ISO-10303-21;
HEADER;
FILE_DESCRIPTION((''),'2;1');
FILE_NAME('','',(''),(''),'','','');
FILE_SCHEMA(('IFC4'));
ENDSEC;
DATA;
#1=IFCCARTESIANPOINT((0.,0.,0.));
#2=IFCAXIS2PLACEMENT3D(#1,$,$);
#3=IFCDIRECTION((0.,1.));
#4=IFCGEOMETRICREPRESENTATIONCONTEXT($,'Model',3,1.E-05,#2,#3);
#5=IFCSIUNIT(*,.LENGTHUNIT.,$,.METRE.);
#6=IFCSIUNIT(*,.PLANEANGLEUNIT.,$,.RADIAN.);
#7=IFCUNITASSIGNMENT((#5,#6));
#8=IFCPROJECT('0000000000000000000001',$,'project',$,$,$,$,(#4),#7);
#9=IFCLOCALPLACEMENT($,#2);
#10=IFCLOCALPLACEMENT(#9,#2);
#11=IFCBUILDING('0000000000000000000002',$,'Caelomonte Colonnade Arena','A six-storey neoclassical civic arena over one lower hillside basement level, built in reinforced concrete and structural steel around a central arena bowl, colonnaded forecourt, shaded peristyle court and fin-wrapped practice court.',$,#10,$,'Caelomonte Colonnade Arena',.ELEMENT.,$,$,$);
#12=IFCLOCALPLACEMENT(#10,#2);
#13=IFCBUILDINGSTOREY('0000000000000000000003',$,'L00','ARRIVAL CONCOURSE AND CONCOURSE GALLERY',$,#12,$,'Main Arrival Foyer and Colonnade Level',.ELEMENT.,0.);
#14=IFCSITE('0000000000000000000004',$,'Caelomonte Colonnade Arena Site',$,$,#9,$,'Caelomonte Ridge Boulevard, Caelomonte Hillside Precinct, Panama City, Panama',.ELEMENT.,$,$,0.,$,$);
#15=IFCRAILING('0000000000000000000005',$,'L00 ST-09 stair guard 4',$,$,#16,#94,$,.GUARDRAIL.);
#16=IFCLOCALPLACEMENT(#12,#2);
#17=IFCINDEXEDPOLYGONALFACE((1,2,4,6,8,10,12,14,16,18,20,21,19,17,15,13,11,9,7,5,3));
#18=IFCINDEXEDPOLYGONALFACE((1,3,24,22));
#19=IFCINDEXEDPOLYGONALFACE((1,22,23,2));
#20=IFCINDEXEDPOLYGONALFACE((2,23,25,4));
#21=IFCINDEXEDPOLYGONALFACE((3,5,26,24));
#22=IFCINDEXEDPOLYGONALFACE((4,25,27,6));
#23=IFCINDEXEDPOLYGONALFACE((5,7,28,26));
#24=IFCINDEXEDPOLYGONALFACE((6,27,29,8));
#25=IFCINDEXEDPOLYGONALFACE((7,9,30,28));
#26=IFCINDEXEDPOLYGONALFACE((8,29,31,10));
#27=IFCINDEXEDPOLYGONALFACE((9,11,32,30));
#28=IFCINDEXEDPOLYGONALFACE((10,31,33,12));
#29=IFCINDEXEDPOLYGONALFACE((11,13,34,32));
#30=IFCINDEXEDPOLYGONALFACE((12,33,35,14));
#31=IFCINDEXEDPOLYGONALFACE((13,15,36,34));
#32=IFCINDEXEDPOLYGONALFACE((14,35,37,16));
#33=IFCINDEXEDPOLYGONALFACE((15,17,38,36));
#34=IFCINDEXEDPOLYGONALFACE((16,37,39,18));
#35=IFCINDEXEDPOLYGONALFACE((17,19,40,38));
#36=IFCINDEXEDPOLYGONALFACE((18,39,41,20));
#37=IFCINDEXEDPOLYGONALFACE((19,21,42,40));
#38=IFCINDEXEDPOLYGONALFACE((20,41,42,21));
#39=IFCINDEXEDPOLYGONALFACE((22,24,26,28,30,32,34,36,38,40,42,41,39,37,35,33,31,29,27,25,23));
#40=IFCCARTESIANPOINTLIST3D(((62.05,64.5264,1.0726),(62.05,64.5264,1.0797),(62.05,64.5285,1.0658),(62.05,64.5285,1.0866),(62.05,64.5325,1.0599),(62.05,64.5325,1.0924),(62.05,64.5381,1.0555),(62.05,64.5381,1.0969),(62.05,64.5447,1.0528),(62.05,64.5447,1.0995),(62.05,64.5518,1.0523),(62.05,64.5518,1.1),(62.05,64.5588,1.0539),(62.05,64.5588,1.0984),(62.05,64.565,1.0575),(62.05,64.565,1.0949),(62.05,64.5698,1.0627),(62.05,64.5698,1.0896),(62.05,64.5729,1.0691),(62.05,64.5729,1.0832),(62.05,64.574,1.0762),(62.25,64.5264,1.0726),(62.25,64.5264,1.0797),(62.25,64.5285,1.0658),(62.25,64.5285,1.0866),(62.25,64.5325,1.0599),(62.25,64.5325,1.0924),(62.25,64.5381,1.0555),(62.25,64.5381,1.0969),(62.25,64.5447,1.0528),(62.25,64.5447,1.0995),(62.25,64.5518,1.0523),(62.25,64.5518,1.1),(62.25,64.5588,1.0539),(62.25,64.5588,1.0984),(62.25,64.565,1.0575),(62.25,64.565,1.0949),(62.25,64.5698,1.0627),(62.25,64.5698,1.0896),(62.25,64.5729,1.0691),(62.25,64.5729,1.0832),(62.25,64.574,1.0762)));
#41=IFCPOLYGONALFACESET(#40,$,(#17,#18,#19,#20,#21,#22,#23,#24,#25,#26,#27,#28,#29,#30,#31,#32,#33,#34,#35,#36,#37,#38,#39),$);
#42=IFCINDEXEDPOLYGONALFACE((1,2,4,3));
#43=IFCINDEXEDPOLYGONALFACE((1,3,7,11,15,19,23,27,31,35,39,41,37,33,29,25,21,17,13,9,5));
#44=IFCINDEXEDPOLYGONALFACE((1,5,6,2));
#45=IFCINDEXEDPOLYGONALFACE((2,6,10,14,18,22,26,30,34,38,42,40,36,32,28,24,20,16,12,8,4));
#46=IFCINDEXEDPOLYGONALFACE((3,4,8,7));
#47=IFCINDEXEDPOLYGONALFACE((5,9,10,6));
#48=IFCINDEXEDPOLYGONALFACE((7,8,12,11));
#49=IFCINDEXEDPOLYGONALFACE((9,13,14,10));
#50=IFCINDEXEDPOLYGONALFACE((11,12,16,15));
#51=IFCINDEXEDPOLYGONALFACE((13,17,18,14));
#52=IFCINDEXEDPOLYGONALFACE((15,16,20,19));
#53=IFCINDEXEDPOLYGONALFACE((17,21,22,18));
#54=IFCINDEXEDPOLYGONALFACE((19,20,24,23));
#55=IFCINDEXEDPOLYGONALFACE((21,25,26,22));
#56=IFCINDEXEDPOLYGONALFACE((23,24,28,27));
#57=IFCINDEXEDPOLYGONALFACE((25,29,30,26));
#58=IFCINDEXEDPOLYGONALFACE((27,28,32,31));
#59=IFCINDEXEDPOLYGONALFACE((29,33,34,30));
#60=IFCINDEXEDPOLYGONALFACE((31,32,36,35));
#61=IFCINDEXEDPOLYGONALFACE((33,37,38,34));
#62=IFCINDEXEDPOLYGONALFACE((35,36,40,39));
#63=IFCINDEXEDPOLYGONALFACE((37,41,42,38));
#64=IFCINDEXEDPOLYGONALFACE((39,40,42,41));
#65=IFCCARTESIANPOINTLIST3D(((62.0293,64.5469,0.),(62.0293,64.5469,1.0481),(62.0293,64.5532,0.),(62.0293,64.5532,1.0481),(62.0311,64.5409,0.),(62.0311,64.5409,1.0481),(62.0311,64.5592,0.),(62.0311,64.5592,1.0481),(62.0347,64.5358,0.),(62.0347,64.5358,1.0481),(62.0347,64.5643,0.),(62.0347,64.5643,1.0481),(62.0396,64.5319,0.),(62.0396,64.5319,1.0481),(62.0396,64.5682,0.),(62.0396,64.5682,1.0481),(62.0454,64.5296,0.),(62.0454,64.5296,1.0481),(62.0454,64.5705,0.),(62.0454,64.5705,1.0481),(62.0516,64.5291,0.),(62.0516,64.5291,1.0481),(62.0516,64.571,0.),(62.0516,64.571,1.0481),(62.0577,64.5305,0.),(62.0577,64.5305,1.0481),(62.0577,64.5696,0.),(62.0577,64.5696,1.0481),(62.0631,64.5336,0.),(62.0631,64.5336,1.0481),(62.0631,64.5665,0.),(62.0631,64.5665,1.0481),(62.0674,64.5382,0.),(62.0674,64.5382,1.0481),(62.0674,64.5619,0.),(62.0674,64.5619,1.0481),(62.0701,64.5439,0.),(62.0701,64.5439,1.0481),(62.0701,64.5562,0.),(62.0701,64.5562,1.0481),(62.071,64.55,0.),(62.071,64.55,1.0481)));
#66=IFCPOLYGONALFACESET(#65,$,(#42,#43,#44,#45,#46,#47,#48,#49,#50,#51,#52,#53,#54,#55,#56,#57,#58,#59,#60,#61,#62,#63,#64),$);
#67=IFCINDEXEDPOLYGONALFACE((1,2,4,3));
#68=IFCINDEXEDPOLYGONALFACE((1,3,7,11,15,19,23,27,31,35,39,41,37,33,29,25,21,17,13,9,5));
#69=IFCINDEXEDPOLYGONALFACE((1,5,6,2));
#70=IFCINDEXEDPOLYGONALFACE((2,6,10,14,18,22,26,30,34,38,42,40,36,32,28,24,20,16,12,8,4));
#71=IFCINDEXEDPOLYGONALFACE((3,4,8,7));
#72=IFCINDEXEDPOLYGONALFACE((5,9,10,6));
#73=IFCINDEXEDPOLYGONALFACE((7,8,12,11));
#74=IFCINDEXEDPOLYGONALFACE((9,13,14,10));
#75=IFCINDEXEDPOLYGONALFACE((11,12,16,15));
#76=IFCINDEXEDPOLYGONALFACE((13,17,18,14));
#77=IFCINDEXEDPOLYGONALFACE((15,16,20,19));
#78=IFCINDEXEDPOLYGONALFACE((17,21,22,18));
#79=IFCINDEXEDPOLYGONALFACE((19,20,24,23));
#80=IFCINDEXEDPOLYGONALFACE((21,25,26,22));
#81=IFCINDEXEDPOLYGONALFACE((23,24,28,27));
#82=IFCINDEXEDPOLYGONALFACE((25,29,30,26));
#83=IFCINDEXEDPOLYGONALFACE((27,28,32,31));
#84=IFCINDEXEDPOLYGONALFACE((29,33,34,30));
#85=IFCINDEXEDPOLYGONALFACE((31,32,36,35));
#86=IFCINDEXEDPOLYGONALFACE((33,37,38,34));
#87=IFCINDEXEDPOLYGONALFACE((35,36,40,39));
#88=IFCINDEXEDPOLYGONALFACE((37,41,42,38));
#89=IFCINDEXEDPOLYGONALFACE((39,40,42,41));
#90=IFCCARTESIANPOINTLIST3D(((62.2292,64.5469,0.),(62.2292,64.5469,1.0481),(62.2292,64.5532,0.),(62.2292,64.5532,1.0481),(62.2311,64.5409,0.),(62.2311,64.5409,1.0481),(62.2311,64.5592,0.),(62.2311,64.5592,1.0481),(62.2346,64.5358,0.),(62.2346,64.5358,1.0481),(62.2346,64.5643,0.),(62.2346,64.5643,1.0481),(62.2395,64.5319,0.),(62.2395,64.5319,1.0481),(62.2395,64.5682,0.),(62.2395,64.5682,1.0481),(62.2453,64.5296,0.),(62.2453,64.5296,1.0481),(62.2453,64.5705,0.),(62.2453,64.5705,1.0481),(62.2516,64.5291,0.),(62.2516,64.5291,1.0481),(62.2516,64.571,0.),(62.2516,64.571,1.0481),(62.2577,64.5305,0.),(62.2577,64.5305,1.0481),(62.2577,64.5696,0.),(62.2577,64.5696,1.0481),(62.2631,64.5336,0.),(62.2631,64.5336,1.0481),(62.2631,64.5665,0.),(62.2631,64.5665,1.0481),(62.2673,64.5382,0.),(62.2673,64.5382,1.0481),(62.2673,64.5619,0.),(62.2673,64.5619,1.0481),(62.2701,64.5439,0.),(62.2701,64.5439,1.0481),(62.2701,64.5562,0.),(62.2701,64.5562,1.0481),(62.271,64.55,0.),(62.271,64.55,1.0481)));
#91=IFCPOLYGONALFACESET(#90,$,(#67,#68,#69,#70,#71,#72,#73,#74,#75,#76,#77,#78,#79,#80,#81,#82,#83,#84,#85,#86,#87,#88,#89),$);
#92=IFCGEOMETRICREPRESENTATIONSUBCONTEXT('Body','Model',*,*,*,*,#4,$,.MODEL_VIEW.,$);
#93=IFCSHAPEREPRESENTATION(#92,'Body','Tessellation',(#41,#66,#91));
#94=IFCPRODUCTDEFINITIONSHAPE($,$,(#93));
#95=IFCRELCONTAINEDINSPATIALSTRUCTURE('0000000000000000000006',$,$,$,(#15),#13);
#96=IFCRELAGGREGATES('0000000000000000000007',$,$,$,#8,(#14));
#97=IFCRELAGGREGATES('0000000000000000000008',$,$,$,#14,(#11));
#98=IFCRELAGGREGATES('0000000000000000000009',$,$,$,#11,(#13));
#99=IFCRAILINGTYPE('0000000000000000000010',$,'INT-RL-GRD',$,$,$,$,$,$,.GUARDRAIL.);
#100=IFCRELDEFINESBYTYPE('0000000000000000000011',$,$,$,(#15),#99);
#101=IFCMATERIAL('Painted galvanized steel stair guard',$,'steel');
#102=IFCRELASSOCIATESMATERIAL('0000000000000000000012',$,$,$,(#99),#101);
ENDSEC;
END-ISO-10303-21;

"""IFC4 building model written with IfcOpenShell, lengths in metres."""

from ifc_helpers import new_model, si_unit, direction, frame, origin, origin_2d, place, context, subcontext, project, spatial, circle, extrude, material, type_object, element, save


model = new_model("IFC4")

# Units and contexts
model_context = context("Model", 3, precision=1e-05, world=origin(), true_north=direction((0.0, 1.0)))
body_context = subcontext(model_context, "Body", "Model", "MODEL_VIEW")
ifc_project = project(units=[si_unit("LENGTHUNIT", "METRE"), si_unit("PLANEANGLEUNIT", "RADIAN")], contexts=[model_context])

# Site, building, storey
site_placement = place(None, origin())
site = spatial("IfcSite", under=ifc_project, at=site_placement, Name="Caelomonte Colonnade Arena Site", LongName="Caelomonte Ridge Boulevard, Caelomonte Hillside Precinct, Panama City, Panama", CompositionType="ELEMENT", RefElevation=0.0)
building_placement = place(site_placement, origin())
building = spatial("IfcBuilding", under=site, at=building_placement, Name="Caelomonte Colonnade Arena", Description="A six-storey neoclassical civic arena over one lower hillside basement level, built in reinforced concrete and structural steel around a central arena bowl, colonnaded forecourt, shaded peristyle court and fin-wrapped practice court.", LongName="Caelomonte Colonnade Arena", CompositionType="ELEMENT")
storey_placement = place(building_placement, origin())
storey = spatial("IfcBuildingStorey", under=building, at=storey_placement, Name="L00", Description="ARRIVAL CONCOURSE AND CONCOURSE GALLERY", LongName="Main Arrival Foyer and Colonnade Level", CompositionType="ELEMENT", Elevation=0.0)

# Railing
ifc_material_1 = material(Name="Painted galvanized steel stair guard", Category="steel")
railing_type_1 = type_object("IfcRailingType", Name="INT-RL-GRD", PredefinedType="GUARDRAIL", material=ifc_material_1)
railing_1_placement = place(storey_placement, frame((62.05, 64.55, 0.0)))
element("IfcRailing", 1, at=railing_1_placement, inside=storey, type_object=railing_type_1, Name="L00 ST-09 stair guard 4", PredefinedType="GUARDRAIL", context=body_context, shape_type="SweptSolid", body=[
    extrude(circle(Radius=0.0239, at=origin_2d()), frame((0.0, 0.0, 1.0762), z_axis=(1.0, 0.0, 0.0), x_axis=(0.0, 1.0, 0.0)), (0.0, 0.0, 1.0), 0.2),
    extrude(circle(Radius=0.021, at=origin_2d()), origin(), (0.0, 0.0, 1.0), 1.0481),
    extrude(circle(Radius=0.021, at=origin_2d()), frame((0.2, 0.0, 0.0)), (0.0, 0.0, 1.0), 1.0481),
])

save(model, "model.ifc")
